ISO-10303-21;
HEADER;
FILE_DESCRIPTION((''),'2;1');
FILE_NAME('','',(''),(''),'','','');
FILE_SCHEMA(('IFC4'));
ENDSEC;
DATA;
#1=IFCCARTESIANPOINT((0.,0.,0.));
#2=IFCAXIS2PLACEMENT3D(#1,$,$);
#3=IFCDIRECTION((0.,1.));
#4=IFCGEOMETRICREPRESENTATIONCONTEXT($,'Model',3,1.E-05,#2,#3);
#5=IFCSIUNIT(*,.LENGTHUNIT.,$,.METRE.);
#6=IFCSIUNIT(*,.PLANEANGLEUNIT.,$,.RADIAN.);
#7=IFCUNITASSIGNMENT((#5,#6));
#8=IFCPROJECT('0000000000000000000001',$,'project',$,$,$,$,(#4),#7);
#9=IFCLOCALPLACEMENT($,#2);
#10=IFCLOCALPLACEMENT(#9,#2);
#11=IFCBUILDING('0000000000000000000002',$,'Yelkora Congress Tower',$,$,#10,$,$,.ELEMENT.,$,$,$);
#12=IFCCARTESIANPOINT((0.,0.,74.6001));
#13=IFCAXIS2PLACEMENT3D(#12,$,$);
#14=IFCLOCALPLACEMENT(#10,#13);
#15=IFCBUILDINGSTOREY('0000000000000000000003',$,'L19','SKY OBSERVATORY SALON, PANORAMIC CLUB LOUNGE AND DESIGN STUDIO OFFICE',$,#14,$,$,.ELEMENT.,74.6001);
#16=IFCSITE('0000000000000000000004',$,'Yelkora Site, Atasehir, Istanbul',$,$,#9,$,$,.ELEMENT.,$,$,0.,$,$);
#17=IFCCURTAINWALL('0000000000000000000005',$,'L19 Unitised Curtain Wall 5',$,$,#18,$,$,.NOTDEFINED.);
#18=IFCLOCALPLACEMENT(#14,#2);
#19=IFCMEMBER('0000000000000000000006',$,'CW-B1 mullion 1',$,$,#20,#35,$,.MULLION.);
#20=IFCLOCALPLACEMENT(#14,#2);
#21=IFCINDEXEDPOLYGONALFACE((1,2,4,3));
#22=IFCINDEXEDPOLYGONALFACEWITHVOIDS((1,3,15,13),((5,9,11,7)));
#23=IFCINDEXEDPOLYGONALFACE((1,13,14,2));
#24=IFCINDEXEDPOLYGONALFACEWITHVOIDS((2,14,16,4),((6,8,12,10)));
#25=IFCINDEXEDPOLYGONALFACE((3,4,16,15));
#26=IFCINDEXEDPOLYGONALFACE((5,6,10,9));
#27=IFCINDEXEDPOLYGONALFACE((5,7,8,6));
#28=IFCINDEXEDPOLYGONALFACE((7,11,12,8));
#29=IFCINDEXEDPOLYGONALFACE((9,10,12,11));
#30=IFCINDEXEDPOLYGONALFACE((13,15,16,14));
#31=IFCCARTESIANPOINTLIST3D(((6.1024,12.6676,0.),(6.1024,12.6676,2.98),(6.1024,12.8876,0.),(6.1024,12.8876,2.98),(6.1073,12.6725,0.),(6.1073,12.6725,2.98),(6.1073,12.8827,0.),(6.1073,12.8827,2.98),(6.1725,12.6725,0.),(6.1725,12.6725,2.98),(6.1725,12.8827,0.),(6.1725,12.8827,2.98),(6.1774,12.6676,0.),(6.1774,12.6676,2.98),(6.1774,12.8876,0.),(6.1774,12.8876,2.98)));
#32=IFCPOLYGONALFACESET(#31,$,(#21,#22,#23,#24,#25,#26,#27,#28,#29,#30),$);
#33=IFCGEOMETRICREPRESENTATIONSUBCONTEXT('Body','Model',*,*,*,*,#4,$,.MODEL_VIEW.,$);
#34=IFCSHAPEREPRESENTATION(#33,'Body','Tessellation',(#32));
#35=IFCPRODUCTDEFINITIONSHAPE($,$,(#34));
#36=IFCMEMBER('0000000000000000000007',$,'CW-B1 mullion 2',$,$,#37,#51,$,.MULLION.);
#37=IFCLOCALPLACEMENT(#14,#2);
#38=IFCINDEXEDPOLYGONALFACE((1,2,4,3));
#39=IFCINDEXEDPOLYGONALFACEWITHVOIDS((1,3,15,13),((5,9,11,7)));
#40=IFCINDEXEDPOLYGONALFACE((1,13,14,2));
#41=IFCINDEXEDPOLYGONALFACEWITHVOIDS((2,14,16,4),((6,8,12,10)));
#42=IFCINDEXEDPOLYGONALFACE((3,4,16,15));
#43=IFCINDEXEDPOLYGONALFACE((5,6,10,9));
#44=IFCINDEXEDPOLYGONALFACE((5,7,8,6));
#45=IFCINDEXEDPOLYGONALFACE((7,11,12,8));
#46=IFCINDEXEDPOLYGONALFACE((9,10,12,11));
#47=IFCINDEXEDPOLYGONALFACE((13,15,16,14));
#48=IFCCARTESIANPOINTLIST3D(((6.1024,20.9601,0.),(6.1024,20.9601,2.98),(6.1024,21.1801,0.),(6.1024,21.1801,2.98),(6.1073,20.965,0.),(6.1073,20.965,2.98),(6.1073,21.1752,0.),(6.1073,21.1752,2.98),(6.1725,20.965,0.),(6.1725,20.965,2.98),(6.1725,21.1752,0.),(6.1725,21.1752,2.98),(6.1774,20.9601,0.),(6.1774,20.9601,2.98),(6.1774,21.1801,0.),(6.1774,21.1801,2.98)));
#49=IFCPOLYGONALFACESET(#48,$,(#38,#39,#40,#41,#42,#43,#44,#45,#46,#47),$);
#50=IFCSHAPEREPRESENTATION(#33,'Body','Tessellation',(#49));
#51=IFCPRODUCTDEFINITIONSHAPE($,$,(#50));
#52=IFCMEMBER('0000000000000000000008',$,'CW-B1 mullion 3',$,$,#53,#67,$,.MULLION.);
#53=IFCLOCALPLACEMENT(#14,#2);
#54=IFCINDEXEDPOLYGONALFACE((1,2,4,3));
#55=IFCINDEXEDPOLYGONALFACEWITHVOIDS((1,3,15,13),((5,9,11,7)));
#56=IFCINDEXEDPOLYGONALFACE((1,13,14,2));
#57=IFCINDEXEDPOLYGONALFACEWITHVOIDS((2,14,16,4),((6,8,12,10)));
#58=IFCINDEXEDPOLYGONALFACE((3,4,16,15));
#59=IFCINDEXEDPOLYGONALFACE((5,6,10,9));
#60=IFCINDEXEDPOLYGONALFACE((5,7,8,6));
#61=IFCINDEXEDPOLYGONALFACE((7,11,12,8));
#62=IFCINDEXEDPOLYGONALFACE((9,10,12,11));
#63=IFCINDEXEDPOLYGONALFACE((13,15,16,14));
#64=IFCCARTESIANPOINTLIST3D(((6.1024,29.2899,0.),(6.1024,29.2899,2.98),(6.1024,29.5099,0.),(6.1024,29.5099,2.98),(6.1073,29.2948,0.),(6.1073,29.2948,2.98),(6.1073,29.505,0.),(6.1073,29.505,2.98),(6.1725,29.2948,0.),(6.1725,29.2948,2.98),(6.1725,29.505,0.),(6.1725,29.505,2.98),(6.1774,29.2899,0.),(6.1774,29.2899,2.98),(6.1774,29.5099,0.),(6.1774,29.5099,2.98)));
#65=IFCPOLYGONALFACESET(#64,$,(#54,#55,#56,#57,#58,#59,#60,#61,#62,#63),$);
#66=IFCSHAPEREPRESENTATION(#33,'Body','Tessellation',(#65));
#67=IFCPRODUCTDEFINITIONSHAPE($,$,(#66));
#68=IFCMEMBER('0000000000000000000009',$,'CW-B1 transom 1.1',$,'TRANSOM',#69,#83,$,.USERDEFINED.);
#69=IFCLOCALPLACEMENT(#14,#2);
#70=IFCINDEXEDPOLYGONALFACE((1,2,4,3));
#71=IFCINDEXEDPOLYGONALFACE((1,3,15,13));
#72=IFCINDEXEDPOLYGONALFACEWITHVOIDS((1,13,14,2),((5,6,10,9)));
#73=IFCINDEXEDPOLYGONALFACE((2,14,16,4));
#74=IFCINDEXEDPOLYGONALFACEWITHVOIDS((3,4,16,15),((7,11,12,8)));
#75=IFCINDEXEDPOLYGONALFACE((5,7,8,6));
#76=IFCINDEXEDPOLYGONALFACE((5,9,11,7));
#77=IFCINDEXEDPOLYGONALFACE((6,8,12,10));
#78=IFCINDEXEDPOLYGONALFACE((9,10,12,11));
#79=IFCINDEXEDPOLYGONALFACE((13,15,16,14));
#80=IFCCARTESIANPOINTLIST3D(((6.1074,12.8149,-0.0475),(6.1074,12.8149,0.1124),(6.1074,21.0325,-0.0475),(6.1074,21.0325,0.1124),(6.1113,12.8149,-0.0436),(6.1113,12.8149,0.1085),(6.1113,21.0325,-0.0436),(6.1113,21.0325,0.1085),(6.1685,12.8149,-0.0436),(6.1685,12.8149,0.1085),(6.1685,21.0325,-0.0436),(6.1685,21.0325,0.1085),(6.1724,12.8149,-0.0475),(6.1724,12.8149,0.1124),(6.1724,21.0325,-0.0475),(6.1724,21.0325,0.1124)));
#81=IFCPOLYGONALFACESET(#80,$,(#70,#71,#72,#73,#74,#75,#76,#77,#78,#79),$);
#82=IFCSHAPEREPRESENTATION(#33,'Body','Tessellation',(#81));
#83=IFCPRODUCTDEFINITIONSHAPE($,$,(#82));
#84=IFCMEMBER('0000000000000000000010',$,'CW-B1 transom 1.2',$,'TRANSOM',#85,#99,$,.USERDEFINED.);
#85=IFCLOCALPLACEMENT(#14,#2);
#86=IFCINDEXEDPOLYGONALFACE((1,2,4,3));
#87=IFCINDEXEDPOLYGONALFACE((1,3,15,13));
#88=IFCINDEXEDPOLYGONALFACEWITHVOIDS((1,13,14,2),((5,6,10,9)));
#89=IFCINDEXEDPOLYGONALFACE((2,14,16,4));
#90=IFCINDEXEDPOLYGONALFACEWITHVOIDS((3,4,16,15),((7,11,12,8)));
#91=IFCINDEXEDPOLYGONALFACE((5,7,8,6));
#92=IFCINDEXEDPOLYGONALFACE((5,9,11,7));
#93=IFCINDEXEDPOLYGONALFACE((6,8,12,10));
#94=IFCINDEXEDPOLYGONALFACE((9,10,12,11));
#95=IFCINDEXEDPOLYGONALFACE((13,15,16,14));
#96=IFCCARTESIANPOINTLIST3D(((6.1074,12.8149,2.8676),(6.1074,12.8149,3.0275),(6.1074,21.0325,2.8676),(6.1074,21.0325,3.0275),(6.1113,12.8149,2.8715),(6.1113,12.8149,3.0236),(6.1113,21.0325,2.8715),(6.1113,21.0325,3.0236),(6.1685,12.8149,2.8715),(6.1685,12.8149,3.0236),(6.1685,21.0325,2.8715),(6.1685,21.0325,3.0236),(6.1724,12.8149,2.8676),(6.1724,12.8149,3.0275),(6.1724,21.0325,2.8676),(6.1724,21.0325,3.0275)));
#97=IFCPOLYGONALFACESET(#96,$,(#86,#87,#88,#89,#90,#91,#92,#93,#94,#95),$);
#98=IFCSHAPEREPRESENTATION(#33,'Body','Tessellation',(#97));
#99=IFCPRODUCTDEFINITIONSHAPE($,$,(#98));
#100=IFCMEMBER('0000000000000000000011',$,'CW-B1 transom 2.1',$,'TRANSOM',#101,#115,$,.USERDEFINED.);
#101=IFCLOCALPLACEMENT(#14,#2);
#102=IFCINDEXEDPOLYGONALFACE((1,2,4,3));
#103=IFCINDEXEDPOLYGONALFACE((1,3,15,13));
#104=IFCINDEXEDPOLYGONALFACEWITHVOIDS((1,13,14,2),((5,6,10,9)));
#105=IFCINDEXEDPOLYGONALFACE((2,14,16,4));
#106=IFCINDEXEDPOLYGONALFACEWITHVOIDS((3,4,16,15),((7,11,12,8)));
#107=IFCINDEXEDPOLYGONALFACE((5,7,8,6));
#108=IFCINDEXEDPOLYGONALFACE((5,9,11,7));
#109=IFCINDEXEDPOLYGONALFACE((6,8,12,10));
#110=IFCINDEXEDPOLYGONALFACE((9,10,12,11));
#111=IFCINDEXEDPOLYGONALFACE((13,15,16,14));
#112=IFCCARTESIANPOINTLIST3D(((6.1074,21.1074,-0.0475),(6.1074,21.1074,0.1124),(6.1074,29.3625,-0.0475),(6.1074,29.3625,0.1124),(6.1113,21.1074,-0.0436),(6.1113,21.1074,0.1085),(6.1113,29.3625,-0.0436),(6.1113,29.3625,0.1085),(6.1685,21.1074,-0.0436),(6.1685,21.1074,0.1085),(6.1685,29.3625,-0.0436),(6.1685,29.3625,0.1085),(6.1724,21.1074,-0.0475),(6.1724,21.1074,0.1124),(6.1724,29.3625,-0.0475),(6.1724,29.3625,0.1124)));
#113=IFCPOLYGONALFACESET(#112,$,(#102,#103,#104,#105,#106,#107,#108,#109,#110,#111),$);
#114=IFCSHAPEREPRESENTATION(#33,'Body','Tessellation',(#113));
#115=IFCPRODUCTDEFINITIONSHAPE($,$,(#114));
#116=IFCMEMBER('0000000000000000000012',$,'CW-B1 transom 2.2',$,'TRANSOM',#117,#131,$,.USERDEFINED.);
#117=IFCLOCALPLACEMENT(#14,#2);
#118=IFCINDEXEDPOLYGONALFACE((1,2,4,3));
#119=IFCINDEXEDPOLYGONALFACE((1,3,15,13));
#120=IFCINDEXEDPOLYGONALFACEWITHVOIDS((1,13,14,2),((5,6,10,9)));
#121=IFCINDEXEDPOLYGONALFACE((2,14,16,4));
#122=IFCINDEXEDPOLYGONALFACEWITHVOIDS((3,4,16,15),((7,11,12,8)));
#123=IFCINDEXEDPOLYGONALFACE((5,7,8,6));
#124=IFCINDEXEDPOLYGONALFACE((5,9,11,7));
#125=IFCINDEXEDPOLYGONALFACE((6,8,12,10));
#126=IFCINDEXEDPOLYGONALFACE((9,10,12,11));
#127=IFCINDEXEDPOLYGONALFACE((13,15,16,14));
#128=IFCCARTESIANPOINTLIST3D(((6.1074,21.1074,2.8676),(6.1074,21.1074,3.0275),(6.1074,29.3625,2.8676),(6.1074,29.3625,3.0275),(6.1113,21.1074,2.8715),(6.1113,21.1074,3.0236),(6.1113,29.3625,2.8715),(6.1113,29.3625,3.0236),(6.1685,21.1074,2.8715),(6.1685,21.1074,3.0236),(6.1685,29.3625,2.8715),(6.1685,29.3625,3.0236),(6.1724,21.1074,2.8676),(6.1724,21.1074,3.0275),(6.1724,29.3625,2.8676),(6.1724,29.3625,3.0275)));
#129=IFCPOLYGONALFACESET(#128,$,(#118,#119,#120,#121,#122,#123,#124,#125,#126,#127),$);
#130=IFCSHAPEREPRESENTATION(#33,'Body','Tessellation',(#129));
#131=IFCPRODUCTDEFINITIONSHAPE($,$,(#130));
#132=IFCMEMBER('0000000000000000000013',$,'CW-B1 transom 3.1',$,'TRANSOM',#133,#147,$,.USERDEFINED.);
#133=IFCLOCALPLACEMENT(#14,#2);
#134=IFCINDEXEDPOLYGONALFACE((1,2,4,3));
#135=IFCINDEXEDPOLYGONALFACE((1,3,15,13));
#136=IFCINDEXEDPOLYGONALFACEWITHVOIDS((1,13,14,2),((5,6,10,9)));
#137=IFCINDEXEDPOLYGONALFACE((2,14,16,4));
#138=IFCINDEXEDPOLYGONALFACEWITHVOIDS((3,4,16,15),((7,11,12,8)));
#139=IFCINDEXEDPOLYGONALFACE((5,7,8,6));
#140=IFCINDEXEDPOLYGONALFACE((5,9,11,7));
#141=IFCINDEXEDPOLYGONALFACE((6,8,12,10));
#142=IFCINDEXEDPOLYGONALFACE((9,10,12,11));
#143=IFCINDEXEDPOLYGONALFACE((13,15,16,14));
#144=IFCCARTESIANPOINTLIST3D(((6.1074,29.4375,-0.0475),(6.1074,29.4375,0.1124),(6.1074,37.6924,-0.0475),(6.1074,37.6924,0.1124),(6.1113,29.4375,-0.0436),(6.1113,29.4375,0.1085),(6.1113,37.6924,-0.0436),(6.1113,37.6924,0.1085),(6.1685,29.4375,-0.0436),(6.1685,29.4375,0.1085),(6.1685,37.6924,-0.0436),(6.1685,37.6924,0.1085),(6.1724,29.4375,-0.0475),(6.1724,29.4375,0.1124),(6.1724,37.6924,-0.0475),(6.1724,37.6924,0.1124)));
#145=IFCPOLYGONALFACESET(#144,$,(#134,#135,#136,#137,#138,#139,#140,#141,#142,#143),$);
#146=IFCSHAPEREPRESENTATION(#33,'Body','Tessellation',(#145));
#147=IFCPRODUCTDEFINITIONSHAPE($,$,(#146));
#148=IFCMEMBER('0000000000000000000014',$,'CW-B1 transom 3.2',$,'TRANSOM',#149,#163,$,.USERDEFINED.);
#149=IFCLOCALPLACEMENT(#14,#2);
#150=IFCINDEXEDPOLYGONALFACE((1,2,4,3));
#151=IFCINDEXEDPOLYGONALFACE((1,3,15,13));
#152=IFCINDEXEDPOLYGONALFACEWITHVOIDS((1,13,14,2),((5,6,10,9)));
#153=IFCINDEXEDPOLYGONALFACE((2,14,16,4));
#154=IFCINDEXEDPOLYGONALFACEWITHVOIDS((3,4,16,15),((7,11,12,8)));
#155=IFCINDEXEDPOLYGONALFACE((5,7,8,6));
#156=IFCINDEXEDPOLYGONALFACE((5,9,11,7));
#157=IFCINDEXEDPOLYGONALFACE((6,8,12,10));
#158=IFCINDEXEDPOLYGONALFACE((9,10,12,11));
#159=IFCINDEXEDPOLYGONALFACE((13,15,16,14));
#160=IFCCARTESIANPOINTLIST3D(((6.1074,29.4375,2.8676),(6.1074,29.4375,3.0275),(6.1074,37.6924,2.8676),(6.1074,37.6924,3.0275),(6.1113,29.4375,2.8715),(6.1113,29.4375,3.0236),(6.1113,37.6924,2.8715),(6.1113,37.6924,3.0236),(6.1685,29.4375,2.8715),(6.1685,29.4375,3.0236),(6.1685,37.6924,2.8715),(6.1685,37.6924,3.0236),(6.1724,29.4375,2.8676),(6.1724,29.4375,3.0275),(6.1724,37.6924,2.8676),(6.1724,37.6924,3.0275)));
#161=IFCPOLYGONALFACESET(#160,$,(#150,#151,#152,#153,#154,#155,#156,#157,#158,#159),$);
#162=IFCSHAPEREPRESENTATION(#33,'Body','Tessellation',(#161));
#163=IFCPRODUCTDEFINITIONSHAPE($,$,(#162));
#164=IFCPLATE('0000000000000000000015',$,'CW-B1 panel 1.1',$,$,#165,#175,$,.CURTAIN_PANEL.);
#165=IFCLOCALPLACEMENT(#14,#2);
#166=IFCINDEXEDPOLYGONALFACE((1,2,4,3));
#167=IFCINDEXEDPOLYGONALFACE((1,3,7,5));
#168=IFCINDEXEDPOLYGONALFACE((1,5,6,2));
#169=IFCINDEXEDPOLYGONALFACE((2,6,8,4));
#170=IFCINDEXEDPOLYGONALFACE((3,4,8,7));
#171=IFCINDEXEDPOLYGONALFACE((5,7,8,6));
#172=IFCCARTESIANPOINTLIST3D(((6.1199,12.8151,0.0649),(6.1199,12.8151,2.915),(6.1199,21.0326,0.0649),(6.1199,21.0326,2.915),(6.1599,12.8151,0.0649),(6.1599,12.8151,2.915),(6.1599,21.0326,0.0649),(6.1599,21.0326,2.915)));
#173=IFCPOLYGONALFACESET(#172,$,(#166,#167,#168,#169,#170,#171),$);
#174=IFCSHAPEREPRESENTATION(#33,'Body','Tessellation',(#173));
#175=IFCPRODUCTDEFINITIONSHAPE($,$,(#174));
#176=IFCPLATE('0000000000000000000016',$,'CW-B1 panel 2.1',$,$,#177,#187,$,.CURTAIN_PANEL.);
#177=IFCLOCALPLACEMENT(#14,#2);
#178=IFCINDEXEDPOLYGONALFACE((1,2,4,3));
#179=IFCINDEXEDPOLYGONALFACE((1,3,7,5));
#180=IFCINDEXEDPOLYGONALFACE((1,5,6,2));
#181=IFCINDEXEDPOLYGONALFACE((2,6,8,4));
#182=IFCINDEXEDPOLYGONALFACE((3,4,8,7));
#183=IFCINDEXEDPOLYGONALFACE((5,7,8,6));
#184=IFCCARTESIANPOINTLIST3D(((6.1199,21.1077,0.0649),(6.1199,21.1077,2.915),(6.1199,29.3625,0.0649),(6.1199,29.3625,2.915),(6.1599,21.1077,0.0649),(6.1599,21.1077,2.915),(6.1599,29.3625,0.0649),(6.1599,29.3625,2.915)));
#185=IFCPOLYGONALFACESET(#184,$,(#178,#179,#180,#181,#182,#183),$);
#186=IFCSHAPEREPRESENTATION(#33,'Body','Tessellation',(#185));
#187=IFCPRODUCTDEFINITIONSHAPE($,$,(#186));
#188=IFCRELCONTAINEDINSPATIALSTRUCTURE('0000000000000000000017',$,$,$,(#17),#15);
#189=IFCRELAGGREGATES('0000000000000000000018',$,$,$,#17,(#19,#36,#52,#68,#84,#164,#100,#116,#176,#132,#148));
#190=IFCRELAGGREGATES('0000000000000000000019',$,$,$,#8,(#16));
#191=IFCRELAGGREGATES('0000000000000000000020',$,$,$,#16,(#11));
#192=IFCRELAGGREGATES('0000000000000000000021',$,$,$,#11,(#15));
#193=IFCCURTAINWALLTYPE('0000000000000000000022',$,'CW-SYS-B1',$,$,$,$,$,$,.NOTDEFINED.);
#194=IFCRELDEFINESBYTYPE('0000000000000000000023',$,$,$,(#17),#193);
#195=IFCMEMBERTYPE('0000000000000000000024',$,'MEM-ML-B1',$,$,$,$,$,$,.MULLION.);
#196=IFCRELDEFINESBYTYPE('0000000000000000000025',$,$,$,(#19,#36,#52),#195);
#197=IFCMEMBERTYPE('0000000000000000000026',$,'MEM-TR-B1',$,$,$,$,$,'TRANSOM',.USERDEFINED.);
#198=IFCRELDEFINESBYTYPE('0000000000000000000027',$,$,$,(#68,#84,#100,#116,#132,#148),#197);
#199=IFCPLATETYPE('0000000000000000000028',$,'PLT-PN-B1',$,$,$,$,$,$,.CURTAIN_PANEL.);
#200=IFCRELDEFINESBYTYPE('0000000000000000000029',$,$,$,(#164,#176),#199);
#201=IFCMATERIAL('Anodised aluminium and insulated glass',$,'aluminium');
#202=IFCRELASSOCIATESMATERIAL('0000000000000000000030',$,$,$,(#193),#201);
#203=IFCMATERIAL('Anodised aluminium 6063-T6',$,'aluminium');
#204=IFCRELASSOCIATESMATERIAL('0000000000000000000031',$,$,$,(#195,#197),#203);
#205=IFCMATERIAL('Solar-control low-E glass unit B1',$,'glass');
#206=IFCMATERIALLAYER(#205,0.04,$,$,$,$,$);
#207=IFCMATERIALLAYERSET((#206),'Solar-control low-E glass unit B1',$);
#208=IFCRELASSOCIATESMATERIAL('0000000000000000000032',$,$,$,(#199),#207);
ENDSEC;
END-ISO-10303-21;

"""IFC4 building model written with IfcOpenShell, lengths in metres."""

from ifc_helpers import new_model, si_unit, direction, frame, origin, origin_2d, place, context, subcontext, project, spatial, rectangle, hollow_rectangle, extrude, material, layer, layer_set, material_profile, profile_set, type_object, element, aggregate, save


model = new_model("IFC4")

# Units and contexts
model_context = context("Model", 3, precision=1e-05, world=origin(), true_north=direction((0.0, 1.0)))
body_context = subcontext(model_context, "Body", "Model", "MODEL_VIEW")
ifc_project = project(units=[si_unit("LENGTHUNIT", "METRE"), si_unit("PLANEANGLEUNIT", "RADIAN")], contexts=[model_context])

# Site, building, storey
site_placement = place(None, origin())
site = spatial("IfcSite", under=ifc_project, at=site_placement, Name="Yelkora Site, Atasehir, Istanbul", CompositionType="ELEMENT", RefElevation=0.0)
building_placement = place(site_placement, origin())
building = spatial("IfcBuilding", under=site, at=building_placement, Name="Yelkora Congress Tower", CompositionType="ELEMENT")
storey_placement = place(building_placement, frame((0.0, 0.0, 74.6001)))
storey = spatial("IfcBuildingStorey", under=building, at=storey_placement, Name="L19", Description="SKY OBSERVATORY SALON, PANORAMIC CLUB LOUNGE AND DESIGN STUDIO OFFICE", CompositionType="ELEMENT", Elevation=74.6001)

# Curtain wall, members, plates
ifc_material_1 = material(Name="Anodised aluminium and insulated glass", Category="aluminium")
curtain_wall_type = type_object("IfcCurtainWallType", Name="CW-SYS-B1", PredefinedType="NOTDEFINED", material=ifc_material_1)
curtain_wall_placement = place(storey_placement, origin())
curtain_wall = element("IfcCurtainWall", 1, at=curtain_wall_placement, inside=storey, type_object=curtain_wall_type, Name="L19 Unitised Curtain Wall 5", PredefinedType="NOTDEFINED")
ifc_material_2 = material(Name="Anodised aluminium 6063-T6", Category="aluminium")
ifc_material_profile_1 = material_profile(ifc_material_2, hollow_rectangle(XDim=0.075, YDim=0.22, WallThickness=0.0049, at=origin_2d()), Name="ALU 75x220x5")
ifc_profile_set_1 = profile_set([ifc_material_profile_1], Name="Anodised aluminium 6063-T6")
member_type_1 = type_object("IfcMemberType", Name="MEM-ML-B1", PredefinedType="MULLION", material=ifc_profile_set_1)
member_1_placement = place(storey_placement, frame((6.1399, 12.7776, 0.0), z_axis=(0.0, 0.0, 1.0), x_axis=(-1.0, 0.0, 0.0)))
member_1 = element("IfcMember", 2, at=member_1_placement, type_object=member_type_1, Name="CW-B1 mullion 1", PredefinedType="MULLION", context=body_context, shape_type="SweptSolid", body=[
    extrude(hollow_rectangle(XDim=0.075, YDim=0.22, WallThickness=0.0049, at=origin_2d()), origin(), (0.0, 0.0, 1.0), 2.98),
])
member_2_placement = place(storey_placement, frame((6.1399, 21.0701, 0.0), z_axis=(0.0, 0.0, 1.0), x_axis=(-1.0, 0.0, 0.0)))
member_2 = element("IfcMember", 3, at=member_2_placement, type_object=member_type_1, Name="CW-B1 mullion 2", PredefinedType="MULLION", context=body_context, shape_type="SweptSolid", body=[
    extrude(hollow_rectangle(XDim=0.075, YDim=0.22, WallThickness=0.0049, at=origin_2d()), origin(), (0.0, 0.0, 1.0), 2.98),
])
member_3_placement = place(storey_placement, frame((6.1399, 29.3999, 0.0), z_axis=(0.0, 0.0, 1.0), x_axis=(-1.0, 0.0, 0.0)))
member_3 = element("IfcMember", 4, at=member_3_placement, type_object=member_type_1, Name="CW-B1 mullion 3", PredefinedType="MULLION", context=body_context, shape_type="SweptSolid", body=[
    extrude(hollow_rectangle(XDim=0.075, YDim=0.22, WallThickness=0.0049, at=origin_2d()), origin(), (0.0, 0.0, 1.0), 2.98),
])
ifc_material_profile_2 = material_profile(ifc_material_2, hollow_rectangle(XDim=0.0649, YDim=0.1599, WallThickness=0.0039, at=origin_2d()), Name="ALU 65x160x4")
ifc_profile_set_2 = profile_set([ifc_material_profile_2], Name="Anodised aluminium 6063-T6")
member_type_2 = type_object("IfcMemberType", Name="MEM-TR-B1", ElementType="TRANSOM", PredefinedType="USERDEFINED", material=ifc_profile_set_2)
member_4_placement = place(storey_placement, frame((6.1399, 12.8149, 0.0325), z_axis=(0.0, 1.0, 0.0), x_axis=(-1.0, 0.0, 0.0)))
member_4 = element("IfcMember", 5, at=member_4_placement, type_object=member_type_2, Name="CW-B1 transom 1.1", ObjectType="TRANSOM", PredefinedType="USERDEFINED", context=body_context, shape_type="SweptSolid", body=[
    extrude(hollow_rectangle(XDim=0.0649, YDim=0.1599, WallThickness=0.0039, at=origin_2d()), origin(), (0.0, 0.0, 1.0), 8.2175),
])
member_5_placement = place(storey_placement, frame((6.1399, 12.8149, 2.9475), z_axis=(0.0, 1.0, 0.0), x_axis=(-1.0, 0.0, 0.0)))
member_5 = element("IfcMember", 6, at=member_5_placement, type_object=member_type_2, Name="CW-B1 transom 1.2", ObjectType="TRANSOM", PredefinedType="USERDEFINED", context=body_context, shape_type="SweptSolid", body=[
    extrude(hollow_rectangle(XDim=0.0649, YDim=0.1599, WallThickness=0.0039, at=origin_2d()), origin(), (0.0, 0.0, 1.0), 8.2175),
])
member_6_placement = place(storey_placement, frame((6.1399, 21.1074, 0.0325), z_axis=(0.0, 1.0, 0.0), x_axis=(-1.0, 0.0, 0.0)))
member_6 = element("IfcMember", 7, at=member_6_placement, type_object=member_type_2, Name="CW-B1 transom 2.1", ObjectType="TRANSOM", PredefinedType="USERDEFINED", context=body_context, shape_type="SweptSolid", body=[
    extrude(hollow_rectangle(XDim=0.0649, YDim=0.1599, WallThickness=0.0039, at=origin_2d()), origin(), (0.0, 0.0, 1.0), 8.2551),
])
member_7_placement = place(storey_placement, frame((6.1399, 21.1074, 2.9475), z_axis=(0.0, 1.0, 0.0), x_axis=(-1.0, 0.0, 0.0)))
member_7 = element("IfcMember", 8, at=member_7_placement, type_object=member_type_2, Name="CW-B1 transom 2.2", ObjectType="TRANSOM", PredefinedType="USERDEFINED", context=body_context, shape_type="SweptSolid", body=[
    extrude(hollow_rectangle(XDim=0.0649, YDim=0.1599, WallThickness=0.0039, at=origin_2d()), origin(), (0.0, 0.0, 1.0), 8.2551),
])
member_8_placement = place(storey_placement, frame((6.1399, 29.4375, 0.0325), z_axis=(0.0, 1.0, 0.0), x_axis=(-1.0, 0.0, 0.0)))
member_8 = element("IfcMember", 9, at=member_8_placement, type_object=member_type_2, Name="CW-B1 transom 3.1", ObjectType="TRANSOM", PredefinedType="USERDEFINED", context=body_context, shape_type="SweptSolid", body=[
    extrude(hollow_rectangle(XDim=0.0649, YDim=0.1599, WallThickness=0.0039, at=origin_2d()), origin(), (0.0, 0.0, 1.0), 8.2549),
])
member_9_placement = place(storey_placement, frame((6.1399, 29.4375, 2.9475), z_axis=(0.0, 1.0, 0.0), x_axis=(-1.0, 0.0, 0.0)))
member_9 = element("IfcMember", 10, at=member_9_placement, type_object=member_type_2, Name="CW-B1 transom 3.2", ObjectType="TRANSOM", PredefinedType="USERDEFINED", context=body_context, shape_type="SweptSolid", body=[
    extrude(hollow_rectangle(XDim=0.0649, YDim=0.1599, WallThickness=0.0039, at=origin_2d()), origin(), (0.0, 0.0, 1.0), 8.2549),
])
ifc_material_3 = material(Name="Solar-control low-E glass unit B1", Category="glass")
ifc_layer_1 = layer(ifc_material_3, 0.04)
ifc_layer_set_1 = layer_set([ifc_layer_1], Name="Solar-control low-E glass unit B1")
plate_type = type_object("IfcPlateType", Name="PLT-PN-B1", PredefinedType="CURTAIN_PANEL", material=ifc_layer_set_1)
plate_1_placement = place(storey_placement, frame((6.1399, 16.9238, 0.0649), z_axis=(0.0, 0.0, 1.0), x_axis=(0.0, 1.0, 0.0)))
plate_1 = element("IfcPlate", 11, at=plate_1_placement, type_object=plate_type, Name="CW-B1 panel 1.1", PredefinedType="CURTAIN_PANEL", context=body_context, shape_type="SweptSolid", body=[
    extrude(rectangle(XDim=8.2175, YDim=0.04, at=origin_2d()), origin(), (0.0, 0.0, 1.0), 2.8501),
])
plate_2_placement = place(storey_placement, frame((6.1399, 25.2351, 0.0649), z_axis=(0.0, 0.0, 1.0), x_axis=(0.0, 1.0, 0.0)))
plate_2 = element("IfcPlate", 12, at=plate_2_placement, type_object=plate_type, Name="CW-B1 panel 2.1", PredefinedType="CURTAIN_PANEL", context=body_context, shape_type="SweptSolid", body=[
    extrude(rectangle(XDim=8.2549, YDim=0.04, at=origin_2d()), origin(), (0.0, 0.0, 1.0), 2.8501),
])
aggregate(curtain_wall, [member_1, member_2, member_3, member_4, member_5, plate_1, member_6, member_7, plate_2, member_8, member_9])

save(model, "model.ifc")
